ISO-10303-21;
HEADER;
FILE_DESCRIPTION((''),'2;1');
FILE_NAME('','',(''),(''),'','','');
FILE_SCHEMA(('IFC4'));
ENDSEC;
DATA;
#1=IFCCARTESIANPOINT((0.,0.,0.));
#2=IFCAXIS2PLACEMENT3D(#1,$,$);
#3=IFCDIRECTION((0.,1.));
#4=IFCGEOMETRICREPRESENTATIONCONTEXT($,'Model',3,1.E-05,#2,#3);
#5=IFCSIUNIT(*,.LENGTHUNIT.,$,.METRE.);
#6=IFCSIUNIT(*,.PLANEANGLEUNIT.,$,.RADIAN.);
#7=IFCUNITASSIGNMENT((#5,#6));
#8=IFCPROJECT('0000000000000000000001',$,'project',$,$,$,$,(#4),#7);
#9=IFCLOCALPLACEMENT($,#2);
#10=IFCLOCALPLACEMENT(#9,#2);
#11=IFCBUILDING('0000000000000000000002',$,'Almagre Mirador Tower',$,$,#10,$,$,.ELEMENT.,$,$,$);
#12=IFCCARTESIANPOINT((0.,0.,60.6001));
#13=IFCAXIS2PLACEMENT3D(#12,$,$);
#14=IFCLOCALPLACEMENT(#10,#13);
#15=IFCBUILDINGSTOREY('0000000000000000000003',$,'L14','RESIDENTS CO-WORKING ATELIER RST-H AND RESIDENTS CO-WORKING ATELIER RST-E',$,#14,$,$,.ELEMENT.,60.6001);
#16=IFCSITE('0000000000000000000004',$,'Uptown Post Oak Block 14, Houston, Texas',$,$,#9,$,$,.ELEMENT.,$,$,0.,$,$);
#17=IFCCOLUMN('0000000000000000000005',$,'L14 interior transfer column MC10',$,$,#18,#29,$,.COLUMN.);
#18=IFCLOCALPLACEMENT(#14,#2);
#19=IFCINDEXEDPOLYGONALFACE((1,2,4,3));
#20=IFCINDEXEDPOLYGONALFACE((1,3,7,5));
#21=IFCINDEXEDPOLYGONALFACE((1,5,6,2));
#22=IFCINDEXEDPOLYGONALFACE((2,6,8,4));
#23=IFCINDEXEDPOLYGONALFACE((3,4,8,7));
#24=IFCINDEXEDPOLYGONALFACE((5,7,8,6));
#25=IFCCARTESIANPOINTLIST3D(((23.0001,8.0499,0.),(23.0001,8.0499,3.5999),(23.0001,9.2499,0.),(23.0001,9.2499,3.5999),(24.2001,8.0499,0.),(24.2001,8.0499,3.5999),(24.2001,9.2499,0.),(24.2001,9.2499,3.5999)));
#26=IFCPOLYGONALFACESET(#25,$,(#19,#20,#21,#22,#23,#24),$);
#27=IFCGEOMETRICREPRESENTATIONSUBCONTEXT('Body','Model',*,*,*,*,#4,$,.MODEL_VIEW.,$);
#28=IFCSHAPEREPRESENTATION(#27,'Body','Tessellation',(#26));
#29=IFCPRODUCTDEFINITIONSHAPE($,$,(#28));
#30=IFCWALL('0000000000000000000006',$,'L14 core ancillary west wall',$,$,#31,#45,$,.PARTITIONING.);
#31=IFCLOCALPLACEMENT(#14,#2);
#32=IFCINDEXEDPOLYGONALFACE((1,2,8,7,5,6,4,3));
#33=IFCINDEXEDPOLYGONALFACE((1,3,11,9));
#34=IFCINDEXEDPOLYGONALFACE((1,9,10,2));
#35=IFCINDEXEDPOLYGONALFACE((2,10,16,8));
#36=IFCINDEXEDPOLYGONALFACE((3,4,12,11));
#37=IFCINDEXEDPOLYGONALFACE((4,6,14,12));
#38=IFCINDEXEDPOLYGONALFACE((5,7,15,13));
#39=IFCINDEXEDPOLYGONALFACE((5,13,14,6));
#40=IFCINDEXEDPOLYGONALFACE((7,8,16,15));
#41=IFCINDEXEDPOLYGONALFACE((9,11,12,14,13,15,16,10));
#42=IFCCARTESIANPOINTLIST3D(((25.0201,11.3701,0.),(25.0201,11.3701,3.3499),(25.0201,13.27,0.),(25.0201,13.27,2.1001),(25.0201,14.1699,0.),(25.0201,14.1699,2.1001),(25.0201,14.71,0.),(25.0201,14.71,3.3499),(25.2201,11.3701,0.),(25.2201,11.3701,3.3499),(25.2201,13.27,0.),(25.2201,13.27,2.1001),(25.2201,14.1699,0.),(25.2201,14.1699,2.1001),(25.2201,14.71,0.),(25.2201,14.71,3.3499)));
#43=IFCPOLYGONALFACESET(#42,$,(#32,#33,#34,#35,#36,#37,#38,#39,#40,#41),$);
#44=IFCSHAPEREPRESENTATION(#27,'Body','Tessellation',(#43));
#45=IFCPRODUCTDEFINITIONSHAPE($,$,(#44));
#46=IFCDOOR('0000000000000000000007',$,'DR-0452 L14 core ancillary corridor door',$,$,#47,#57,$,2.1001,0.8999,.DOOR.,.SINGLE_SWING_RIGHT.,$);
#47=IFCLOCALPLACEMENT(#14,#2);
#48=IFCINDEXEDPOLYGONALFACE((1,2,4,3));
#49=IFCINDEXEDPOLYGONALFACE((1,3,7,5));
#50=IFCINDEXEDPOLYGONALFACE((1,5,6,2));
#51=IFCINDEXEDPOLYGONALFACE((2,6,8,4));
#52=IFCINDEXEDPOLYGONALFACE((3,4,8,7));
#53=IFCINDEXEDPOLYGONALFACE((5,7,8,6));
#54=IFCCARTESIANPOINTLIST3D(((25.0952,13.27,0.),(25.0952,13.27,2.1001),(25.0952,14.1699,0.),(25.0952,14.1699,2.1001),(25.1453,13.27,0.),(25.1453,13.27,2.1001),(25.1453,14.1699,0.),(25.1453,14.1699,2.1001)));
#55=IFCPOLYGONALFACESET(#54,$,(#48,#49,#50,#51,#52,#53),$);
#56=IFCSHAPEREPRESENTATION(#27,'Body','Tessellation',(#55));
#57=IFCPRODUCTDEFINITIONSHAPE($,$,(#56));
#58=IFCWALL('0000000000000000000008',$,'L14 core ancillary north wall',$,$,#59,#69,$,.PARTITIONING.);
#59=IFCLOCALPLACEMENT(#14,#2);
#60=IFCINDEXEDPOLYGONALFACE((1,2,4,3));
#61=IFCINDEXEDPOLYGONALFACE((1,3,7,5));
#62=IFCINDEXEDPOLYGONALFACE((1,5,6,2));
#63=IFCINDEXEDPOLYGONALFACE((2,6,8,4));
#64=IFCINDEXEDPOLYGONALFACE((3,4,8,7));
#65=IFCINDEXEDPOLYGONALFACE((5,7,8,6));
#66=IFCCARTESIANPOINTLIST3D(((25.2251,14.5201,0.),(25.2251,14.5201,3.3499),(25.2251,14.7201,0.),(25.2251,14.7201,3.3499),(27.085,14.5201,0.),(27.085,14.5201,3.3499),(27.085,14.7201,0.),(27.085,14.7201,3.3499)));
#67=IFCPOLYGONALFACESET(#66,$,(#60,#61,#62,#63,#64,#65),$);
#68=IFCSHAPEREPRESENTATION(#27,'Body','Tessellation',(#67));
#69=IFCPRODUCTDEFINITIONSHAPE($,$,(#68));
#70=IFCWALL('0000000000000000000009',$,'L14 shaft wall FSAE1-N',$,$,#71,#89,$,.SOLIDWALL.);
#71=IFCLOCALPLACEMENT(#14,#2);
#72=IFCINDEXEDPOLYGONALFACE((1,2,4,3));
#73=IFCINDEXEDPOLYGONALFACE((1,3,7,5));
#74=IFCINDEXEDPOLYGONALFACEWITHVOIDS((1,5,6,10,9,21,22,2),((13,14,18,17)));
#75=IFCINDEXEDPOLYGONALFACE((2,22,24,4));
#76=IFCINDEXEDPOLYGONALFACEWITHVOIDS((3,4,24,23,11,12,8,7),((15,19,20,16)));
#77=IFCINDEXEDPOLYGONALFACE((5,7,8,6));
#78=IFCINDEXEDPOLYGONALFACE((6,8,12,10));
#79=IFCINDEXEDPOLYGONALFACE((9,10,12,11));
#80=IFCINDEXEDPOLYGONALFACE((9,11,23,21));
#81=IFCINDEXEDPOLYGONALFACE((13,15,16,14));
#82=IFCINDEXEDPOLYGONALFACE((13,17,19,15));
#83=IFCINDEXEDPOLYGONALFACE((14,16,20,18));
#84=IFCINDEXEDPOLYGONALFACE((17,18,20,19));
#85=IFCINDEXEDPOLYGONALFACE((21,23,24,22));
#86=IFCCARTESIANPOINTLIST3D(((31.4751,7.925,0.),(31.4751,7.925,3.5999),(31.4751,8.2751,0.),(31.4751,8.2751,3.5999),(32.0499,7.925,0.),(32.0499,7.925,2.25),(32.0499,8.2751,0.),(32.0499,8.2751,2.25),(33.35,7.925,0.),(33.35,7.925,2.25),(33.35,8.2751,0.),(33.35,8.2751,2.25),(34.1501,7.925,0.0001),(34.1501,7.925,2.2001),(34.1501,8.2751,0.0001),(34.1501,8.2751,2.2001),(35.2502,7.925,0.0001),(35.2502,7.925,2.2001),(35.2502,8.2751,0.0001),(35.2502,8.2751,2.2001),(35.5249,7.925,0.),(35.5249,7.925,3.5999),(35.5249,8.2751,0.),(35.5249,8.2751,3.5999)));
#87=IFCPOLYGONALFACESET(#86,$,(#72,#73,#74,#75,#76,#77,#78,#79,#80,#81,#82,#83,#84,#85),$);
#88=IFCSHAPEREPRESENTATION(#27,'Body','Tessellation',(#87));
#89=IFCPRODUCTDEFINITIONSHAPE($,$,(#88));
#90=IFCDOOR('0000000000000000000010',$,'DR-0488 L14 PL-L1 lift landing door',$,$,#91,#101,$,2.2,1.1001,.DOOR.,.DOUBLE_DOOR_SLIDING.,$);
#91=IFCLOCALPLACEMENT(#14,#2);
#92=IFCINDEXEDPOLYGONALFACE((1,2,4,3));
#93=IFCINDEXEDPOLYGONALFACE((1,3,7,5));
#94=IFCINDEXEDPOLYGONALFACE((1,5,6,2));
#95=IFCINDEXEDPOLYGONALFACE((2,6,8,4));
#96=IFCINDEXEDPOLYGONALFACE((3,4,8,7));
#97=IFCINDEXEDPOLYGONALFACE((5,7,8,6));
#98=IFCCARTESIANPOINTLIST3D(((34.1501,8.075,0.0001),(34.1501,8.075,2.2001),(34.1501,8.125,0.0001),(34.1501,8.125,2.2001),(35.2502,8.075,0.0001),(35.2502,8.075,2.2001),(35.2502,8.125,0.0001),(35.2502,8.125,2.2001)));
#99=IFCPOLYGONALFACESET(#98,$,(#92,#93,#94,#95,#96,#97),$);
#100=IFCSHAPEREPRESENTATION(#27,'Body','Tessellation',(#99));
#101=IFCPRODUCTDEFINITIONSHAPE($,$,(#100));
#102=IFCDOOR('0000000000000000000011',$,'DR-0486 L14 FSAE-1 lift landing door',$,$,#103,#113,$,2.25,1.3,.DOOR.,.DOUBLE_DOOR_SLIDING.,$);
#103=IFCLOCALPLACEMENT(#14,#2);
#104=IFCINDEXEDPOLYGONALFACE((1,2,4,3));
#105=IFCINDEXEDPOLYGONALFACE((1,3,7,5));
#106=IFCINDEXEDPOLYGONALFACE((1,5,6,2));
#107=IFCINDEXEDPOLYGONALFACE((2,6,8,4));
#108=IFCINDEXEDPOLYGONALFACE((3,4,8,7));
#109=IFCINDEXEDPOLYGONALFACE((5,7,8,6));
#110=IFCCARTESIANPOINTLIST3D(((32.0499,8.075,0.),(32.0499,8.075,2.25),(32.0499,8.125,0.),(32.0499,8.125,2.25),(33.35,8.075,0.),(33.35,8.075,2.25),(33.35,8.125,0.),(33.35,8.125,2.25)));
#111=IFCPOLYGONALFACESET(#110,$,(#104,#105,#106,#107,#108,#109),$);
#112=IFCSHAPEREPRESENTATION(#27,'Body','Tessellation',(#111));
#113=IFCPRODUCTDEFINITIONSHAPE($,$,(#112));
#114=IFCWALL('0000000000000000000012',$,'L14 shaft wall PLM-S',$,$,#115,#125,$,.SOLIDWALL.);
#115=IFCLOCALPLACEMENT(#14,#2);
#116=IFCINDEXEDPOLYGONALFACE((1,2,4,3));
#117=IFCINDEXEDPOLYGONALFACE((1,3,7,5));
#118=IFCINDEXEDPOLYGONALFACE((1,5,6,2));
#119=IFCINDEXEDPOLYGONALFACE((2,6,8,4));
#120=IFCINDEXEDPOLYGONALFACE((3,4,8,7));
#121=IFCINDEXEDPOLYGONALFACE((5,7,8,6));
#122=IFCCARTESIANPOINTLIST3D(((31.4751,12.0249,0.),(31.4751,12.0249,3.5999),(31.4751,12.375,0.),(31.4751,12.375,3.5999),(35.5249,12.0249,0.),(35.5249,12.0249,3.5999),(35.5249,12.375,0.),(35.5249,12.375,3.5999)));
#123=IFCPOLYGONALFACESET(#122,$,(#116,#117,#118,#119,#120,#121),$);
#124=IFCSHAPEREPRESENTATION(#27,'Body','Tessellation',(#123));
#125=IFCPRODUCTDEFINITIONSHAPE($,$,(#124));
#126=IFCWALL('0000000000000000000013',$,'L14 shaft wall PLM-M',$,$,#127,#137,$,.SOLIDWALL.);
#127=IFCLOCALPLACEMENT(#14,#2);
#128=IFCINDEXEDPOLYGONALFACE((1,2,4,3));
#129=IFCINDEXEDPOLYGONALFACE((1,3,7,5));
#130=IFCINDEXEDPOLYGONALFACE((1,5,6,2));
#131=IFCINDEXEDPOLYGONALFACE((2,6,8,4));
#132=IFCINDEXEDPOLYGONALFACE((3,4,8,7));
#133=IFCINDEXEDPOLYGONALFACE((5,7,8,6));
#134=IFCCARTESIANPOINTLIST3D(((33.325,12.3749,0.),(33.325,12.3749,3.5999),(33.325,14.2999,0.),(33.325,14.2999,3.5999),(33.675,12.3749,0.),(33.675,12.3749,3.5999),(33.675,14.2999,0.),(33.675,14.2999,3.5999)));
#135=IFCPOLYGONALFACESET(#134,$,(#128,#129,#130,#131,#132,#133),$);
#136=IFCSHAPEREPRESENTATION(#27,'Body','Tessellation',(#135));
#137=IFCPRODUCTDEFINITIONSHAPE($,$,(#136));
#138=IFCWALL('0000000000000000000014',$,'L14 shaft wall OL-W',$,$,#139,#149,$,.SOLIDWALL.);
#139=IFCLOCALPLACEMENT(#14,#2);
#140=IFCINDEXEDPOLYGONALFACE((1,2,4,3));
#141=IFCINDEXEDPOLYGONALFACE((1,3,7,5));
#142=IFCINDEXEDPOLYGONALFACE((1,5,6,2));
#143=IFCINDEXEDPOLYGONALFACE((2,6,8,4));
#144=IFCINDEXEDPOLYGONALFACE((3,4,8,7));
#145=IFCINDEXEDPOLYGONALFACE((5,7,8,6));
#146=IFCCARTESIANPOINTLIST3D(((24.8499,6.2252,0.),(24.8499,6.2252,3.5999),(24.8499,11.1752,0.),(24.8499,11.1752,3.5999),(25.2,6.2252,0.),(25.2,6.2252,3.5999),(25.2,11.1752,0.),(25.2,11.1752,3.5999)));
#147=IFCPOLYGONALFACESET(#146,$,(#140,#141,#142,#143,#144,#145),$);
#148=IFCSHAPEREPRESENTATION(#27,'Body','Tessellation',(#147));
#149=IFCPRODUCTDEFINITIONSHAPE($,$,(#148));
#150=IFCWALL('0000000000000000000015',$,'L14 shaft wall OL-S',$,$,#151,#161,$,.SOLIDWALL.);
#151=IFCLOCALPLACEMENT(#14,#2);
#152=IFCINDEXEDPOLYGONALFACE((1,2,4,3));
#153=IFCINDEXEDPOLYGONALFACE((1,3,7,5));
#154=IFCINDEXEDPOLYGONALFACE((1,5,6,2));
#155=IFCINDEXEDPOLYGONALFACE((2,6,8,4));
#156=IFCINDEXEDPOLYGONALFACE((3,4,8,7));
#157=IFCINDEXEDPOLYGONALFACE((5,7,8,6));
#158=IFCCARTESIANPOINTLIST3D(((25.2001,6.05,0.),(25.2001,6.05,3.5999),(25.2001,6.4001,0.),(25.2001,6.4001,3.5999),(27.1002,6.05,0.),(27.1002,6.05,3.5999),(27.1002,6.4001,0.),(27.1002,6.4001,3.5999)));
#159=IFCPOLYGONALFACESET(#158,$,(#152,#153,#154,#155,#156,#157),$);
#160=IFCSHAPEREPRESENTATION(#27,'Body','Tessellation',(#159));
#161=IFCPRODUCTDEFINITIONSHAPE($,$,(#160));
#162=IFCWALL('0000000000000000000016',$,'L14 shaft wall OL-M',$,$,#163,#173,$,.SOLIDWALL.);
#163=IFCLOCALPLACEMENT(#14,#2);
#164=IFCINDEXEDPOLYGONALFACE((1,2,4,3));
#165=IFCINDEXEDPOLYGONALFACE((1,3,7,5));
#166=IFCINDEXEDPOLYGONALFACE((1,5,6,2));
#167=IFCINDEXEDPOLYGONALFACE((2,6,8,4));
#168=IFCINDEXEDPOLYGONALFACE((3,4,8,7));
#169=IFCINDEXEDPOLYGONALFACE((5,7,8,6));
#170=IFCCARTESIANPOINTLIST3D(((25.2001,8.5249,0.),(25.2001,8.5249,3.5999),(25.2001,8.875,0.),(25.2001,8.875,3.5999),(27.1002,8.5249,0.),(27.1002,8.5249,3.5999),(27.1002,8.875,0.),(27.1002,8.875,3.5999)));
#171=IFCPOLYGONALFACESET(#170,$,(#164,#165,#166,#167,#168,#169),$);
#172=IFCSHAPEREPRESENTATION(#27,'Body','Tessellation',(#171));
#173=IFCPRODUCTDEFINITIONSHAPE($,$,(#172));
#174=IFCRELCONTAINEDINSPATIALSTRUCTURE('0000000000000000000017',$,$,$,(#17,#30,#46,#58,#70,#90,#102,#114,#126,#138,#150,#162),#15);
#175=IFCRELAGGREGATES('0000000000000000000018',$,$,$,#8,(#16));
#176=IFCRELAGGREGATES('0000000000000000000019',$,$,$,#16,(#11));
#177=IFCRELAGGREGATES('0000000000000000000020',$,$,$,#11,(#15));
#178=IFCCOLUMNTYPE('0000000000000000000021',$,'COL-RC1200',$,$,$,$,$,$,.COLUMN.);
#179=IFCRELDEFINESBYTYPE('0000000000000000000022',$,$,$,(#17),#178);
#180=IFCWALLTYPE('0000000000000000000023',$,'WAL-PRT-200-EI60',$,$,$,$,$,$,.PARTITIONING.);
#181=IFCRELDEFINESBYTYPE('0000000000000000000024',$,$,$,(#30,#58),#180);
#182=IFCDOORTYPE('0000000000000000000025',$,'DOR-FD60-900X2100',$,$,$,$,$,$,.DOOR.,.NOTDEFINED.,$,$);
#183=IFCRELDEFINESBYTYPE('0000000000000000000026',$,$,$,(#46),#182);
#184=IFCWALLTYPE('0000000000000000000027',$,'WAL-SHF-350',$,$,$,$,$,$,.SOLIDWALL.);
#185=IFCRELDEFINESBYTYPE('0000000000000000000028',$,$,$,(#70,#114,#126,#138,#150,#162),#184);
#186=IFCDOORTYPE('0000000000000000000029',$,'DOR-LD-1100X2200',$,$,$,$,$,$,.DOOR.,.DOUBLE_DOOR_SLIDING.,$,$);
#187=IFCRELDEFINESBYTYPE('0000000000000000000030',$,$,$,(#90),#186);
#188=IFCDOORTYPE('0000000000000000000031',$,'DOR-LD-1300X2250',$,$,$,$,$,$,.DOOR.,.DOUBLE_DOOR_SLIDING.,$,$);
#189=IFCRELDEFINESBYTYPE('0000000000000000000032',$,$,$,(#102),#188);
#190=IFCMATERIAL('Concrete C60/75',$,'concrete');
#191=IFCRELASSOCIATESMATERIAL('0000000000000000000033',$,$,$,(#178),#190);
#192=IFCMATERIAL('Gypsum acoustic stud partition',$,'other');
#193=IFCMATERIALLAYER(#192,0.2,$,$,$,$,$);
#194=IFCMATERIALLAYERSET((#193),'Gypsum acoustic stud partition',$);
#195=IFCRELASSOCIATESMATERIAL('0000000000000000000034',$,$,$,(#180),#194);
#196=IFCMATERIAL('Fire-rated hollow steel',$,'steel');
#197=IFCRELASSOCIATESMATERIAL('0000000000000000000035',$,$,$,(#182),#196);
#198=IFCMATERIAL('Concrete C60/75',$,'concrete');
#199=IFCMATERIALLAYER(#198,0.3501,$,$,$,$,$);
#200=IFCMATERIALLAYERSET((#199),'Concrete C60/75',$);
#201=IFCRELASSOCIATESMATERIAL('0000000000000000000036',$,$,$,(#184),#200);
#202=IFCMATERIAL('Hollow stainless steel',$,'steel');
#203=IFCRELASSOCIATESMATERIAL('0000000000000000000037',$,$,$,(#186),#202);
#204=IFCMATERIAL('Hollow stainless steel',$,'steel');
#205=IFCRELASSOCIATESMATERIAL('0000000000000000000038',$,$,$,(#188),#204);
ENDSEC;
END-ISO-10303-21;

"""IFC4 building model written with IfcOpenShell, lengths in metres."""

from ifc_helpers import new_model, si_unit, direction, frame, frame_2d, origin, origin_2d, place, context, subcontext, project, spatial, rectangle, extrude, material, layer, layer_set, material_profile, profile_set, type_object, element, fill, save


model = new_model("IFC4")

# Units and contexts
model_context = context("Model", 3, precision=1e-05, world=origin(), true_north=direction((0.0, 1.0)))
body_context = subcontext(model_context, "Body", "Model", "MODEL_VIEW")
ifc_project = project(units=[si_unit("LENGTHUNIT", "METRE"), si_unit("PLANEANGLEUNIT", "RADIAN")], contexts=[model_context])

# Site, building, storey
site_placement = place(None, origin())
site = spatial("IfcSite", under=ifc_project, at=site_placement, Name="Uptown Post Oak Block 14, Houston, Texas", CompositionType="ELEMENT", RefElevation=0.0)
building_placement = place(site_placement, origin())
building = spatial("IfcBuilding", under=site, at=building_placement, Name="Almagre Mirador Tower", CompositionType="ELEMENT")
storey_placement = place(building_placement, frame((0.0, 0.0, 60.6001)))
storey = spatial("IfcBuildingStorey", under=building, at=storey_placement, Name="L14", Description="RESIDENTS CO-WORKING ATELIER RST-H AND RESIDENTS CO-WORKING ATELIER RST-E", CompositionType="ELEMENT", Elevation=60.6001)

# Column
ifc_material_1 = material(Name="Concrete C60/75", Category="concrete")
ifc_material_profile = material_profile(ifc_material_1, rectangle(XDim=1.2, YDim=1.2, at=origin_2d()), Name="RC1200X1200")
ifc_profile_set = profile_set([ifc_material_profile], Name="Concrete C60/75")
column_type = type_object("IfcColumnType", Name="COL-RC1200", PredefinedType="COLUMN", material=ifc_profile_set)
column_placement = place(storey_placement, frame((23.6001, 8.6499, 0.0), z_axis=(0.0, 0.0, 1.0), x_axis=(1.0, 0.0, 0.0)))
element("IfcColumn", 1, at=column_placement, inside=storey, type_object=column_type, Name="L14 interior transfer column MC10", PredefinedType="COLUMN", context=body_context, shape_type="SweptSolid", body=[
    extrude(rectangle(XDim=1.2, YDim=1.2, at=origin_2d()), origin(), (0.0, 0.0, 1.0), 3.5999),
])

# Wall, opening, door
ifc_material_2 = material(Name="Gypsum acoustic stud partition", Category="other")
ifc_layer_1 = layer(ifc_material_2, 0.2)
ifc_layer_set_1 = layer_set([ifc_layer_1], Name="Gypsum acoustic stud partition")
wall_type_1 = type_object("IfcWallType", Name="WAL-PRT-200-EI60", PredefinedType="PARTITIONING", material=ifc_layer_set_1)
wall_1_placement = place(storey_placement, frame((25.1201, 11.3701, 0.0), z_axis=(0.0, 0.0, 1.0), x_axis=(0.0, 1.0, 0.0)))
wall_1 = element("IfcWall", 2, at=wall_1_placement, inside=storey, type_object=wall_type_1, Name="L14 core ancillary west wall", PredefinedType="PARTITIONING", context=body_context, shape_type="SweptSolid", body=[
    extrude(rectangle(XDim=3.3398, YDim=0.2, at=frame_2d((1.6699, 0.0))), origin(), (0.0, 0.0, 1.0), 3.3499),
])
opening_1_placement = place(wall_1_placement, frame((1.8999, 0.0, 0.0)))
opening_1 = element("IfcOpeningElement", 3, at=opening_1_placement, cuts=wall_1, PredefinedType="OPENING", context=body_context, shape_type="SweptSolid", body=[
    extrude(rectangle(XDim=0.8999, YDim=2.1001, at=frame_2d((0.45, 1.05))), frame((0.0, 0.1101, 0.0), z_axis=(0.0, -1.0, 0.0), x_axis=(1.0, 0.0, 0.0)), (0.0, 0.0, 1.0), 0.22),
])
ifc_material_3 = material(Name="Fire-rated hollow steel", Category="steel")
door_type_1 = type_object("IfcDoorType", Name="DOR-FD60-900X2100", OperationType="NOTDEFINED", PredefinedType="DOOR", material=ifc_material_3)
door_1_placement = place(opening_1_placement, origin())
door_1 = element("IfcDoor", 4, at=door_1_placement, inside=storey, type_object=door_type_1, Name="DR-0452 L14 core ancillary corridor door", OperationType="SINGLE_SWING_RIGHT", OverallHeight=2.1001, OverallWidth=0.8999, PredefinedType="DOOR", context=body_context, shape_type="SweptSolid", body=[
    extrude(rectangle(XDim=0.8999, YDim=2.1001, at=frame_2d((0.45, 1.05))), frame((0.0, 0.0249, 0.0), z_axis=(0.0, -1.0, 0.0), x_axis=(1.0, 0.0, 0.0)), (0.0, 0.0, 1.0), 0.05),
])
fill(opening_1, door_1)

# Wall
wall_2_placement = place(storey_placement, frame((25.2251, 14.6201, 0.0), z_axis=(0.0, 0.0, 1.0), x_axis=(1.0, 0.0, 0.0)))
element("IfcWall", 5, at=wall_2_placement, inside=storey, type_object=wall_type_1, Name="L14 core ancillary north wall", PredefinedType="PARTITIONING", context=body_context, shape_type="SweptSolid", body=[
    extrude(rectangle(XDim=1.8599, YDim=0.2, at=frame_2d((0.9299, 0.0))), origin(), (0.0, 0.0, 1.0), 3.3499),
])

# Wall, openings, doors
ifc_material_4 = material(Name="Concrete C60/75", Category="concrete")
ifc_layer_2 = layer(ifc_material_4, 0.3501)
ifc_layer_set_2 = layer_set([ifc_layer_2], Name="Concrete C60/75")
wall_type_2 = type_object("IfcWallType", Name="WAL-SHF-350", PredefinedType="SOLIDWALL", material=ifc_layer_set_2)
wall_3_placement = place(storey_placement, frame((31.4751, 8.1001, 0.0), z_axis=(0.0, 0.0, 1.0), x_axis=(1.0, 0.0, 0.0)))
wall_3 = element("IfcWall", 6, at=wall_3_placement, inside=storey, type_object=wall_type_2, Name="L14 shaft wall FSAE1-N", PredefinedType="SOLIDWALL", context=body_context, shape_type="SweptSolid", body=[
    extrude(rectangle(XDim=4.0498, YDim=0.3501, at=frame_2d((2.0249, 0.0))), origin(), (0.0, 0.0, 1.0), 3.5999),
])
opening_2_placement = place(wall_3_placement, frame((0.575, 0.0, 0.0)))
opening_2 = element("IfcOpeningElement", 7, at=opening_2_placement, cuts=wall_3, PredefinedType="OPENING", context=body_context, shape_type="SweptSolid", body=[
    extrude(rectangle(XDim=1.3, YDim=2.25, at=frame_2d((0.6499, 1.125))), frame((0.0, 0.185, 0.0), z_axis=(0.0, -1.0, 0.0), x_axis=(1.0, 0.0, 0.0)), (0.0, 0.0, 1.0), 0.3701),
])
opening_3_placement = place(wall_3_placement, frame((2.675, 0.0, 0.0)))
opening_3 = element("IfcOpeningElement", 8, at=opening_3_placement, cuts=wall_3, PredefinedType="OPENING", context=body_context, shape_type="SweptSolid", body=[
    extrude(rectangle(XDim=1.1001, YDim=2.2, at=frame_2d((0.55, 1.1001))), frame((0.0, 0.185, 0.0), z_axis=(0.0, -1.0, 0.0), x_axis=(1.0, 0.0, 0.0)), (0.0, 0.0, 1.0), 0.3701),
])
ifc_material_5 = material(Name="Hollow stainless steel", Category="steel")
door_type_2 = type_object("IfcDoorType", Name="DOR-LD-1100X2200", OperationType="DOUBLE_DOOR_SLIDING", PredefinedType="DOOR", material=ifc_material_5)
door_2_placement = place(opening_3_placement, origin())
door_2 = element("IfcDoor", 9, at=door_2_placement, inside=storey, type_object=door_type_2, Name="DR-0488 L14 PL-L1 lift landing door", OperationType="DOUBLE_DOOR_SLIDING", OverallHeight=2.2, OverallWidth=1.1001, PredefinedType="DOOR", context=body_context, shape_type="SweptSolid", body=[
    extrude(rectangle(XDim=1.1001, YDim=2.2, at=frame_2d((0.55, 1.1001))), frame((0.0, 0.0249, 0.0), z_axis=(0.0, -1.0, 0.0), x_axis=(1.0, 0.0, 0.0)), (0.0, 0.0, 1.0), 0.05),
])
fill(opening_3, door_2)
ifc_material_6 = material(Name="Hollow stainless steel", Category="steel")
door_type_3 = type_object("IfcDoorType", Name="DOR-LD-1300X2250", OperationType="DOUBLE_DOOR_SLIDING", PredefinedType="DOOR", material=ifc_material_6)
door_3_placement = place(opening_2_placement, origin())
door_3 = element("IfcDoor", 10, at=door_3_placement, inside=storey, type_object=door_type_3, Name="DR-0486 L14 FSAE-1 lift landing door", OperationType="DOUBLE_DOOR_SLIDING", OverallHeight=2.25, OverallWidth=1.3, PredefinedType="DOOR", context=body_context, shape_type="SweptSolid", body=[
    extrude(rectangle(XDim=1.3, YDim=2.25, at=frame_2d((0.6499, 1.125))), frame((0.0, 0.0249, 0.0), z_axis=(0.0, -1.0, 0.0), x_axis=(1.0, 0.0, 0.0)), (0.0, 0.0, 1.0), 0.05),
])
fill(opening_2, door_3)

# Walls
wall_4_placement = place(storey_placement, frame((31.4751, 12.2, 0.0), z_axis=(0.0, 0.0, 1.0), x_axis=(1.0, 0.0, 0.0)))
element("IfcWall", 11, at=wall_4_placement, inside=storey, type_object=wall_type_2, Name="L14 shaft wall PLM-S", PredefinedType="SOLIDWALL", context=body_context, shape_type="SweptSolid", body=[
    extrude(rectangle(XDim=4.0498, YDim=0.3501, at=frame_2d((2.0249, 0.0))), origin(), (0.0, 0.0, 1.0), 3.5999),
])
wall_5_placement = place(storey_placement, frame((33.5, 12.375, 0.0), z_axis=(0.0, 0.0, 1.0), x_axis=(0.0, 1.0, 0.0)))
element("IfcWall", 12, at=wall_5_placement, inside=storey, type_object=wall_type_2, Name="L14 shaft wall PLM-M", PredefinedType="SOLIDWALL", context=body_context, shape_type="SweptSolid", body=[
    extrude(rectangle(XDim=1.925, YDim=0.3501, at=frame_2d((0.9624, 0.0))), origin(), (0.0, 0.0, 1.0), 3.5999),
])
wall_6_placement = place(storey_placement, frame((25.0249, 6.2251, 0.0), z_axis=(0.0, 0.0, 1.0), x_axis=(0.0, 1.0, 0.0)))
element("IfcWall", 13, at=wall_6_placement, inside=storey, type_object=wall_type_2, Name="L14 shaft wall OL-W", PredefinedType="SOLIDWALL", context=body_context, shape_type="SweptSolid", body=[
    extrude(rectangle(XDim=4.95, YDim=0.3501, at=frame_2d((2.4751, 0.0))), origin(), (0.0, 0.0, 1.0), 3.5999),
])
for number, where, z_axis, x_axis, name in (
    (14, (25.2, 6.2251, 0.0), (0.0, 0.0, 1.0), (1.0, 0.0, 0.0), "L14 shaft wall OL-S"),
    (15, (25.2, 8.7, 0.0), (0.0, 0.0, 1.0), (1.0, 0.0, 0.0), "L14 shaft wall OL-M"),
):
    element("IfcWall", number, at=place(storey_placement, frame(where, z_axis=z_axis, x_axis=x_axis)), inside=storey, type_object=wall_type_2, Name=name, PredefinedType="SOLIDWALL", context=body_context, shape_type="SweptSolid", body=[
        extrude(rectangle(XDim=1.9001, YDim=0.3501, at=frame_2d((0.9502, 0.0))), origin(), (0.0, 0.0, 1.0), 3.5999),
    ])

save(model, "model.ifc")
